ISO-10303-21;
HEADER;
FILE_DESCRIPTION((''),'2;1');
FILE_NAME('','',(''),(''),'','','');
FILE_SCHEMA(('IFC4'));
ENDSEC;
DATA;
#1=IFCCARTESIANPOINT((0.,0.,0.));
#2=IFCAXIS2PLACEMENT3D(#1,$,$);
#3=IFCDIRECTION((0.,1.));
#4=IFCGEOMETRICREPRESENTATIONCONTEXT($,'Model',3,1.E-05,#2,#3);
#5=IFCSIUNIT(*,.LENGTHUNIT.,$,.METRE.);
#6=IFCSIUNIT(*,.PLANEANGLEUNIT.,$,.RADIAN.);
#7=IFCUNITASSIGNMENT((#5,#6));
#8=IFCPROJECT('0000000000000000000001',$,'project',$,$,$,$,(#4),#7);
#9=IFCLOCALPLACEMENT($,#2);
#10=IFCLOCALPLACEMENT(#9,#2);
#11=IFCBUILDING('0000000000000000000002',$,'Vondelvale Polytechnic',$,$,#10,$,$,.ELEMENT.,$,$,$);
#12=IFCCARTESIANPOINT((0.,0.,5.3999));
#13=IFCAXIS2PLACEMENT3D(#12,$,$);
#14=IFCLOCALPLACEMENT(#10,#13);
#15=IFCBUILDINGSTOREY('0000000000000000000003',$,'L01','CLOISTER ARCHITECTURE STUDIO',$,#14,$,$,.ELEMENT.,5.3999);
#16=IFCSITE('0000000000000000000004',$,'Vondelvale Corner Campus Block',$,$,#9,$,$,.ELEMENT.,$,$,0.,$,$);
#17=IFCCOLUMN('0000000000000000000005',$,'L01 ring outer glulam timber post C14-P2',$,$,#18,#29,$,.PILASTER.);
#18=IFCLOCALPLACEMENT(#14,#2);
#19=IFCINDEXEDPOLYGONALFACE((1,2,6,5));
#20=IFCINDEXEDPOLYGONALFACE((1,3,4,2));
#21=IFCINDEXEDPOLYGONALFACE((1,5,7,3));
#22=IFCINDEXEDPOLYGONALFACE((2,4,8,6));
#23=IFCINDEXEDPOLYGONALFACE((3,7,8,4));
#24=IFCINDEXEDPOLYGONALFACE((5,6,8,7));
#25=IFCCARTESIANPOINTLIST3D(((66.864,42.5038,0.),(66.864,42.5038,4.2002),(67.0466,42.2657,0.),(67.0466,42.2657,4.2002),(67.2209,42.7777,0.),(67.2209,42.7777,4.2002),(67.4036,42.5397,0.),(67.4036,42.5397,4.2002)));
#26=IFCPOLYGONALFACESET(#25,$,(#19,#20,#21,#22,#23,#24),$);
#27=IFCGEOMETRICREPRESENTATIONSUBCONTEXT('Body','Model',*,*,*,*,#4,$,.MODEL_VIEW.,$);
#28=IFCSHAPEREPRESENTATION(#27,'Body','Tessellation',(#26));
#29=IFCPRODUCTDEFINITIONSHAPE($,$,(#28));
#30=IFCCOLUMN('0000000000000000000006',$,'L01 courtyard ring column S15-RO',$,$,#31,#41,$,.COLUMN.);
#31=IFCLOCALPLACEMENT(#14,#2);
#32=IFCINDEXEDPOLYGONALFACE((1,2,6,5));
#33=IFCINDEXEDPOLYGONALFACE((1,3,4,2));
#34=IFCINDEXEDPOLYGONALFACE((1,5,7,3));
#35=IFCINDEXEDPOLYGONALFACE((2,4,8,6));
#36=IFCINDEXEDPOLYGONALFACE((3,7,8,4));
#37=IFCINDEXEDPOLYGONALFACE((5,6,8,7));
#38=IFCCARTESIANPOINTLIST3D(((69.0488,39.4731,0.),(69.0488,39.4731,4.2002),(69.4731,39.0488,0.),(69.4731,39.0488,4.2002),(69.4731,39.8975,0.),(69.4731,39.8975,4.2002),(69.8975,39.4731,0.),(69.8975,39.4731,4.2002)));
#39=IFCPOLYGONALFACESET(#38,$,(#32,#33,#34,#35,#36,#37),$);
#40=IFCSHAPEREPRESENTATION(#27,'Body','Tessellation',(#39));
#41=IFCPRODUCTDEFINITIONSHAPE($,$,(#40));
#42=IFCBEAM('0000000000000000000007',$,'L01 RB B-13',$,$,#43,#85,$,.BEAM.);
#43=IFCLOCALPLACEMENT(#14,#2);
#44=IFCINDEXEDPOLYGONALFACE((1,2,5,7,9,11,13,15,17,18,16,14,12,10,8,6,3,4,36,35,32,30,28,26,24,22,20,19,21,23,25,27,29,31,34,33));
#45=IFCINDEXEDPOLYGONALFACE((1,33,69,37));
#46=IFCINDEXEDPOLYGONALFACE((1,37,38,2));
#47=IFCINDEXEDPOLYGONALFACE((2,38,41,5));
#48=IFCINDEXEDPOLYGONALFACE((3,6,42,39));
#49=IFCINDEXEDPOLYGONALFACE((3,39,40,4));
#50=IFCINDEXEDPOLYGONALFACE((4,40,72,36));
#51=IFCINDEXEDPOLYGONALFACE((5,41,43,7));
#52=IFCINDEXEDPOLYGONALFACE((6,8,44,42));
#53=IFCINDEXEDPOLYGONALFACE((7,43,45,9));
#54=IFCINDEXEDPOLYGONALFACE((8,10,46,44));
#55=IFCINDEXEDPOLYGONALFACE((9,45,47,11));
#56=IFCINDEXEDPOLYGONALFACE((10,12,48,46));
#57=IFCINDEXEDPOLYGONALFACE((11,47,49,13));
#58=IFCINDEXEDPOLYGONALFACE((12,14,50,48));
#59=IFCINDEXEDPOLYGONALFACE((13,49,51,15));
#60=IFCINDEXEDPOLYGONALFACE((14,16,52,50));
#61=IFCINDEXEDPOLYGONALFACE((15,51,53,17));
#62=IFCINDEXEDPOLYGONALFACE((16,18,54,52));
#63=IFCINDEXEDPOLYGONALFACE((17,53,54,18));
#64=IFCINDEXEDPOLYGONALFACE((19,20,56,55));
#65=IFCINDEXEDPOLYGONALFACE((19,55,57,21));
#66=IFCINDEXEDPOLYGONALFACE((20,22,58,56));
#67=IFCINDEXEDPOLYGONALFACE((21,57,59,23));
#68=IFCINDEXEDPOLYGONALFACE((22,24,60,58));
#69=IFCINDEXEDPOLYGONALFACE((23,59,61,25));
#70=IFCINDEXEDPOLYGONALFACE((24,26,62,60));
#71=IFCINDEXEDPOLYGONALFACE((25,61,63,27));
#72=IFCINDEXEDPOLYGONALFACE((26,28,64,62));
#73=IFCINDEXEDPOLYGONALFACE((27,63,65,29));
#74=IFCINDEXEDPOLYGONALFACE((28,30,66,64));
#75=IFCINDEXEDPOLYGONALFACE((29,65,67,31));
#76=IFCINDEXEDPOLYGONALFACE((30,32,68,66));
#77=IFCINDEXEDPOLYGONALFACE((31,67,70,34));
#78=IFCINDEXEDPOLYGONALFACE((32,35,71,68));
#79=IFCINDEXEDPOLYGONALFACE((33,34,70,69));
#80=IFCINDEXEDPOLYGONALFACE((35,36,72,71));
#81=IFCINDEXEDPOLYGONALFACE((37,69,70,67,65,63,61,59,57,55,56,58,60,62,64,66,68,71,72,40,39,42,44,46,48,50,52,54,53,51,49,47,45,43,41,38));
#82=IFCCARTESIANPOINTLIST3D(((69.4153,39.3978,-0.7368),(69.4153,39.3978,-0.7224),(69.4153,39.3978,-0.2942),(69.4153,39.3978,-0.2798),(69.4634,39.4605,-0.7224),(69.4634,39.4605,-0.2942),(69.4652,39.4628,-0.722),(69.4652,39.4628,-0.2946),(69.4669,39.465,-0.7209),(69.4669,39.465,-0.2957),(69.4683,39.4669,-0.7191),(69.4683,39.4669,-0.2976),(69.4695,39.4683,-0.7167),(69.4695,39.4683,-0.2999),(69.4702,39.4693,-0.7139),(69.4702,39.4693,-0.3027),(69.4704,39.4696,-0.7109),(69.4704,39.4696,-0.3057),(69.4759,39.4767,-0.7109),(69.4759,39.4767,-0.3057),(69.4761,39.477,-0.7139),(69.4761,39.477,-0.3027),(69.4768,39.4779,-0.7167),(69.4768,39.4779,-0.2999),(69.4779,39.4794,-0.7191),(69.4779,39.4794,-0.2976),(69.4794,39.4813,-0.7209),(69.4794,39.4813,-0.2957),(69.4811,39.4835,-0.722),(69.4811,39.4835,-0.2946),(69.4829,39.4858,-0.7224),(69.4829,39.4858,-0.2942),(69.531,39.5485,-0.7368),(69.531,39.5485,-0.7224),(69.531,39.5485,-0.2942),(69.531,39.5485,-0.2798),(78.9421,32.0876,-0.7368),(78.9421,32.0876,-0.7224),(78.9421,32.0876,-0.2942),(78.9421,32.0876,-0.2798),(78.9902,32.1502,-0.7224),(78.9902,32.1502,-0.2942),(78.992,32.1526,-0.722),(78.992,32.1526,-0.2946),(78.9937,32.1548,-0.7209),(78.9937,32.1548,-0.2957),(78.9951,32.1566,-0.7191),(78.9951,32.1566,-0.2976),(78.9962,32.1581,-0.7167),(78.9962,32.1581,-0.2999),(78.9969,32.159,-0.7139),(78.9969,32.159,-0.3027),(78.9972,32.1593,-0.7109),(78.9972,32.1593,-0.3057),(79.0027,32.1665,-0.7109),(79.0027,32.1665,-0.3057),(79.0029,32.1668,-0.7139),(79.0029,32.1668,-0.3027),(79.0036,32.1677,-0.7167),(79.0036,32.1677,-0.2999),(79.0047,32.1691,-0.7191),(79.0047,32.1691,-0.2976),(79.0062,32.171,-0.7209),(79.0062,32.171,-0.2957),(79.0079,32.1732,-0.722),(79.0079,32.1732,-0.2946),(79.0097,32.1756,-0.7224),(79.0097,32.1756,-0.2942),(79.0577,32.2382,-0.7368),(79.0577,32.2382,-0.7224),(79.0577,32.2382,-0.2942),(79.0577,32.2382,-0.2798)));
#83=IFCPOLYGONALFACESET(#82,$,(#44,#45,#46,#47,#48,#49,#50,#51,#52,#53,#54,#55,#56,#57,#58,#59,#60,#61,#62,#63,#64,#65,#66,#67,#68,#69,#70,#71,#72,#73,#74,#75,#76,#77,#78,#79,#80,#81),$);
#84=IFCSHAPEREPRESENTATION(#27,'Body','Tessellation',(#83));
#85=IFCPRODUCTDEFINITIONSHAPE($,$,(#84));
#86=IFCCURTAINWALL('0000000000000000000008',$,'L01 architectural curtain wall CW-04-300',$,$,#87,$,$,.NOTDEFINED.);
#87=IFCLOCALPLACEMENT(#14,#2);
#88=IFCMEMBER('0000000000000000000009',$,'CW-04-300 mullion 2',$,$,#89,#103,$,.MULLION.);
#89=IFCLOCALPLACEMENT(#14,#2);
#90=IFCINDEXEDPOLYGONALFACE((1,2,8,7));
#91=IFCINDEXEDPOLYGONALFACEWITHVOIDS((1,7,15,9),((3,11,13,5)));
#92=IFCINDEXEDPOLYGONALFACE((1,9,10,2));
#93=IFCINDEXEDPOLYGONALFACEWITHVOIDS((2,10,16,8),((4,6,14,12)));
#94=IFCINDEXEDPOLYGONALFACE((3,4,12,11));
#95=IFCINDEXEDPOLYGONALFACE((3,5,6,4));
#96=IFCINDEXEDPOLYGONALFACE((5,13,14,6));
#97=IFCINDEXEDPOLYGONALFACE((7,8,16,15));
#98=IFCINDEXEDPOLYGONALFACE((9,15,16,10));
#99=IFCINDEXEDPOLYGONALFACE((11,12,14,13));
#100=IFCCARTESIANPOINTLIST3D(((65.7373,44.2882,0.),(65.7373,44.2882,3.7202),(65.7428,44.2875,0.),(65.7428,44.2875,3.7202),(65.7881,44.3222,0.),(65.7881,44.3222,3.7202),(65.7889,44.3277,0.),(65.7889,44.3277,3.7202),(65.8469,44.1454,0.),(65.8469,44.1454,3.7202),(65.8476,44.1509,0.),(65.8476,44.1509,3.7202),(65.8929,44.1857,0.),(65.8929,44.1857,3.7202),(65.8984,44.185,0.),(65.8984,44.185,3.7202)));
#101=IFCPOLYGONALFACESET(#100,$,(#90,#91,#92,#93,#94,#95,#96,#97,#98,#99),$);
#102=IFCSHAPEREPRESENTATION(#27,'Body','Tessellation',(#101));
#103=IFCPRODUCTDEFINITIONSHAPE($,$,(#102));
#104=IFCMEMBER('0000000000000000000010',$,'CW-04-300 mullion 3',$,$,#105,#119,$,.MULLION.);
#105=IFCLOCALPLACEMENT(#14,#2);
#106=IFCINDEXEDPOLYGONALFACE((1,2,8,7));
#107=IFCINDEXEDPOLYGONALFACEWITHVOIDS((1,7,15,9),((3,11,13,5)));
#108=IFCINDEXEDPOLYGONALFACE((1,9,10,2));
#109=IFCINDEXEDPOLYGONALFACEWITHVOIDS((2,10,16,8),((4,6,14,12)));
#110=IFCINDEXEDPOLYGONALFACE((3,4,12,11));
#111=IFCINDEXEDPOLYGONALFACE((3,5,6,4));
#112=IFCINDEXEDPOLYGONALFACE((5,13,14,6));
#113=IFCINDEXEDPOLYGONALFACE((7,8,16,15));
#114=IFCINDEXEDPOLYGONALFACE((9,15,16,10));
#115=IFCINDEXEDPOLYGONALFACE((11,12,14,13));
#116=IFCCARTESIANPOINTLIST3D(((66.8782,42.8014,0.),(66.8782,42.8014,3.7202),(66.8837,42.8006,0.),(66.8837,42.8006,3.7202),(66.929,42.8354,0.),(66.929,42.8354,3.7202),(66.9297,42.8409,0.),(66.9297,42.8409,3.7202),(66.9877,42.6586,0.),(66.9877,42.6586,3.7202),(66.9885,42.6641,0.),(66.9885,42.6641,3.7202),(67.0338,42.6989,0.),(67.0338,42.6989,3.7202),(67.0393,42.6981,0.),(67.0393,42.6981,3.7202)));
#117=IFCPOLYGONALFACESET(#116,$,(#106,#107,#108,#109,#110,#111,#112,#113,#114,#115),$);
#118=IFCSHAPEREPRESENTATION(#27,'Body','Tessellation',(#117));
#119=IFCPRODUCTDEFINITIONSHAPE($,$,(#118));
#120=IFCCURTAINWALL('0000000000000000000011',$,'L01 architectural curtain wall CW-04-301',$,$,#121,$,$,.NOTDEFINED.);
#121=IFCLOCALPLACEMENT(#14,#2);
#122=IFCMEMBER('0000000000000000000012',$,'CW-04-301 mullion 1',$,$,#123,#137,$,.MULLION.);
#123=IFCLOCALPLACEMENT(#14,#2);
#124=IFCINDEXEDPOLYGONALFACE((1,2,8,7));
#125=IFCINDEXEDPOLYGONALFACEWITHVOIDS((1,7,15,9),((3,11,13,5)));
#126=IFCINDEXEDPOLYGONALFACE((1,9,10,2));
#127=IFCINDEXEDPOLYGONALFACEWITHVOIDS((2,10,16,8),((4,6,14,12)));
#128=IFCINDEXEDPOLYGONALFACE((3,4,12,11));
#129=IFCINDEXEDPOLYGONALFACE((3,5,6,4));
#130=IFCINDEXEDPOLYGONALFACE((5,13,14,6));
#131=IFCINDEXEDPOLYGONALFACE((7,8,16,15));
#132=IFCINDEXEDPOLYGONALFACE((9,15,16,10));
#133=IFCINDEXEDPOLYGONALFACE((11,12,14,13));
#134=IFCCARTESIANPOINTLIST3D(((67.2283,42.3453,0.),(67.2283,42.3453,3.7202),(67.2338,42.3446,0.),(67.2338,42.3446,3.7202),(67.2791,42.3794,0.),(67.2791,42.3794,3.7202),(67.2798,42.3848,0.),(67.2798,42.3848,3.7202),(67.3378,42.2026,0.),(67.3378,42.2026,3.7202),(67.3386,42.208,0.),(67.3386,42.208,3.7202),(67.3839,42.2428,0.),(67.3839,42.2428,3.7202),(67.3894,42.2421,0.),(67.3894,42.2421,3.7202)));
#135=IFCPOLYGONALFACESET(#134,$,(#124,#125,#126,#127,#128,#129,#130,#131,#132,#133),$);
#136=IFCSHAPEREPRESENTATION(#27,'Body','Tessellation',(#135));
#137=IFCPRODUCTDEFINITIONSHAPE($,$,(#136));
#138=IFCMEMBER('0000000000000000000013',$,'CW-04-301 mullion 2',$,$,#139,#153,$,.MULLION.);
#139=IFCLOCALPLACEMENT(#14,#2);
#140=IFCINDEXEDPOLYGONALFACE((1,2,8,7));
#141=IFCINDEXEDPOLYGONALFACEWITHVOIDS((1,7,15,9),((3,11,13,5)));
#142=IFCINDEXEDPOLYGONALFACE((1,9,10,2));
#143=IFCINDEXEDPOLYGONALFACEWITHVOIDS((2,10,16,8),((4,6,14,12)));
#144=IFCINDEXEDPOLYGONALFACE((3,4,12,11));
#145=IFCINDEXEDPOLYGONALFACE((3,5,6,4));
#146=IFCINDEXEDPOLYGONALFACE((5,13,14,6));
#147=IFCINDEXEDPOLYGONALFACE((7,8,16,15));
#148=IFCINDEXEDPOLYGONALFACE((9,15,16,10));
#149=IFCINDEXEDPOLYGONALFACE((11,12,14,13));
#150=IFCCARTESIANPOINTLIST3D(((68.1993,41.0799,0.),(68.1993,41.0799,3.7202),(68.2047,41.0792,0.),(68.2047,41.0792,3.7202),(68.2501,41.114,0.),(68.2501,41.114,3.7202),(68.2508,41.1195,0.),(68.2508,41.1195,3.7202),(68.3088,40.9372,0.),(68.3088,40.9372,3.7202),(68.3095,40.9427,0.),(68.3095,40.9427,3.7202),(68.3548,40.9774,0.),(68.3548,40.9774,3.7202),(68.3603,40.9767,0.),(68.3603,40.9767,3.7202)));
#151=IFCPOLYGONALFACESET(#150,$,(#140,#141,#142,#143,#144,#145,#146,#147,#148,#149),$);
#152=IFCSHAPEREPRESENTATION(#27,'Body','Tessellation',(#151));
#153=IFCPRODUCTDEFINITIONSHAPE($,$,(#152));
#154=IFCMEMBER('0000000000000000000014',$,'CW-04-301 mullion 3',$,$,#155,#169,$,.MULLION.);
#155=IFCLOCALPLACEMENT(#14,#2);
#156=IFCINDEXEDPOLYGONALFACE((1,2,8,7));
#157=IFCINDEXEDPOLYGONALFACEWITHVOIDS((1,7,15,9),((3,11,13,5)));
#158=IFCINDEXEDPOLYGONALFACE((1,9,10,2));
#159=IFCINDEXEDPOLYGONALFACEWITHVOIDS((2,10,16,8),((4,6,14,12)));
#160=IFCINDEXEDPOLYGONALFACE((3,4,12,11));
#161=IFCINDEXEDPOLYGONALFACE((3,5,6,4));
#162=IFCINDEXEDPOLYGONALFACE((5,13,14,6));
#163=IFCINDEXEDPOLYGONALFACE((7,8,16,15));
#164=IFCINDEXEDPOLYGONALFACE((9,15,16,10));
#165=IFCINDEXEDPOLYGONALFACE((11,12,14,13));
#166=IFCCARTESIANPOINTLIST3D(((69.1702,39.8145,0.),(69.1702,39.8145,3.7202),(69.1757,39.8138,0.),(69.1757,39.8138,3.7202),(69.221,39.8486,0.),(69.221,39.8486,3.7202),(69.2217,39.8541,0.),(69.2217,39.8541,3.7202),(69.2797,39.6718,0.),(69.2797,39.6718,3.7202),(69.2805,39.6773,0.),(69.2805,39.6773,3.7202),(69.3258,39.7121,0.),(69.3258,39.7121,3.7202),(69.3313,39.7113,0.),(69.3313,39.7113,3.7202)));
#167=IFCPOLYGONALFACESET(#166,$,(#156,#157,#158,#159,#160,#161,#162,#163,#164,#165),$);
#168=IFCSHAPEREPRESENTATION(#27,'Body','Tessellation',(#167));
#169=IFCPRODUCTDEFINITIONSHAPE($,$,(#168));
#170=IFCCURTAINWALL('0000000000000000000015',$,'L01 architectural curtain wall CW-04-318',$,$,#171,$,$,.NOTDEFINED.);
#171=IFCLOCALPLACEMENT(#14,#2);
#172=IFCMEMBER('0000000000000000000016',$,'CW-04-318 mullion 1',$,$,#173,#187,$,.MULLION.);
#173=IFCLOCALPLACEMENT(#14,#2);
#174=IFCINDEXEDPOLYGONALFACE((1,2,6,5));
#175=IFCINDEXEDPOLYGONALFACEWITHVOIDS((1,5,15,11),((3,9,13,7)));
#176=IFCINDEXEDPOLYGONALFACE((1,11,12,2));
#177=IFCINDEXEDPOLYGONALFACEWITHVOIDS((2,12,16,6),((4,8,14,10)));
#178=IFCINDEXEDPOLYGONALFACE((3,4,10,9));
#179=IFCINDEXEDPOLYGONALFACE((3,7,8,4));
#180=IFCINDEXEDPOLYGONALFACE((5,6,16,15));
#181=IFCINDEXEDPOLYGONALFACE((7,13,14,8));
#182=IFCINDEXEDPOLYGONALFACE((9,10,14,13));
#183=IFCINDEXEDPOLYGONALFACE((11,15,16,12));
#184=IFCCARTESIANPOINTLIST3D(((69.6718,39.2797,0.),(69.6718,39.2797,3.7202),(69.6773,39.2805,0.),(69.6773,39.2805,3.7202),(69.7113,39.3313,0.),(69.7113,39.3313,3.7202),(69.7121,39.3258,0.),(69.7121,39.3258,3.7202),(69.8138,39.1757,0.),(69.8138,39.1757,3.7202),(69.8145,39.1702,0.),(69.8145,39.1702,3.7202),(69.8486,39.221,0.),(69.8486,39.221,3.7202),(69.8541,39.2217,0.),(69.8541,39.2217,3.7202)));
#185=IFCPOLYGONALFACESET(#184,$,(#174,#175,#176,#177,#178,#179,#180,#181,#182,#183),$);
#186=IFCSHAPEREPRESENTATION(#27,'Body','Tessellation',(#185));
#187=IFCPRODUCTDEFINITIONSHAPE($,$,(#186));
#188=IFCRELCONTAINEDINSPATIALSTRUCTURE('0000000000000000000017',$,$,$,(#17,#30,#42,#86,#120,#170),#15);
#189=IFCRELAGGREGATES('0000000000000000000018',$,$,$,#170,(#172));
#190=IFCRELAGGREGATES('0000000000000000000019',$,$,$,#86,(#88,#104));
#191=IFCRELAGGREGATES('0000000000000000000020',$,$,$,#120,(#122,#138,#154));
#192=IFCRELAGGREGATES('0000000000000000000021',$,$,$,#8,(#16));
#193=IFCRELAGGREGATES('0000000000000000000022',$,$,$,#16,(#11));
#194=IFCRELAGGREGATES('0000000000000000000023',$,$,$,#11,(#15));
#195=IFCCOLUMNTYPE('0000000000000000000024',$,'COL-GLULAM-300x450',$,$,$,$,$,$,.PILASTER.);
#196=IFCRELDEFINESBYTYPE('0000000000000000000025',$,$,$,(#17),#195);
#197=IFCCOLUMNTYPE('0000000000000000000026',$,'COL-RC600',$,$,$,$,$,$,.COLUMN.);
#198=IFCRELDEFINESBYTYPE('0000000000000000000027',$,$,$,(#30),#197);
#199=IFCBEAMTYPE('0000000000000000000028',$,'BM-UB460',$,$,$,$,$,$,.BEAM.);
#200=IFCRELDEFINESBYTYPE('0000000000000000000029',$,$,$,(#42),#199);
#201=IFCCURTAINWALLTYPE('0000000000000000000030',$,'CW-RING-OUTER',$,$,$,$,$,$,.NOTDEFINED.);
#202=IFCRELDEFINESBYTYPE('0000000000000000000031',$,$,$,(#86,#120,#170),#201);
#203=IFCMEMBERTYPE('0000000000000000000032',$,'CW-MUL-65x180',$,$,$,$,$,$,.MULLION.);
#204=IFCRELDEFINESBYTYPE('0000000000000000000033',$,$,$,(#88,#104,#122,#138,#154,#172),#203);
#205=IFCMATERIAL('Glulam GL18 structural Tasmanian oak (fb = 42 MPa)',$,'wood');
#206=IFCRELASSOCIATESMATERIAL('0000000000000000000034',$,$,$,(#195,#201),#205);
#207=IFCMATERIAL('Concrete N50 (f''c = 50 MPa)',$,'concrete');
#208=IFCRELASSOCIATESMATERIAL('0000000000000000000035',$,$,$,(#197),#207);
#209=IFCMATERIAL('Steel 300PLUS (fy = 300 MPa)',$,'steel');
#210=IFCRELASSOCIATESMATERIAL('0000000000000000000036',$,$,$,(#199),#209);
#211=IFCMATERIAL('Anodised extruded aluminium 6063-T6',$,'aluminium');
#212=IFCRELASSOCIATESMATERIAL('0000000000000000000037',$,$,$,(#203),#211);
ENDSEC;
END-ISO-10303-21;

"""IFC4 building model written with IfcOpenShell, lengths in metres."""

from ifc_helpers import new_model, si_unit, direction, frame, origin, origin_2d, place, context, subcontext, project, spatial, rectangle, hollow_rectangle, i_section, extrude, material, material_profile, profile_set, type_object, element, aggregate, save


model = new_model("IFC4")

# Units and contexts
model_context = context("Model", 3, precision=1e-05, world=origin(), true_north=direction((0.0, 1.0)))
body_context = subcontext(model_context, "Body", "Model", "MODEL_VIEW")
ifc_project = project(units=[si_unit("LENGTHUNIT", "METRE"), si_unit("PLANEANGLEUNIT", "RADIAN")], contexts=[model_context])

# Site, building, storey
site_placement = place(None, origin())
site = spatial("IfcSite", under=ifc_project, at=site_placement, Name="Vondelvale Corner Campus Block", CompositionType="ELEMENT", RefElevation=0.0)
building_placement = place(site_placement, origin())
building = spatial("IfcBuilding", under=site, at=building_placement, Name="Vondelvale Polytechnic", CompositionType="ELEMENT")
storey_placement = place(building_placement, frame((0.0, 0.0, 5.3999)))
storey = spatial("IfcBuildingStorey", under=building, at=storey_placement, Name="L01", Description="CLOISTER ARCHITECTURE STUDIO", CompositionType="ELEMENT", Elevation=5.3999)

# Columns
ifc_material_1 = material(Name="Glulam GL18 structural Tasmanian oak (fb = 42 MPa)", Category="wood")
ifc_material_profile_1 = material_profile(ifc_material_1, rectangle(XDim=0.3, YDim=0.45, at=origin_2d()), Name="GL-POST-300x450")
ifc_profile_set_1 = profile_set([ifc_material_profile_1], Name="Glulam GL18 structural Tasmanian oak (fb = 42 MPa)")
column_type_1 = type_object("IfcColumnType", Name="COL-GLULAM-300x450", PredefinedType="PILASTER", material=ifc_profile_set_1)
column_1_placement = place(storey_placement, frame((67.1338, 42.5217, 0.0), z_axis=(0.0, 0.0, 1.0), x_axis=(-0.608761, 0.793353, 0.0)))
element("IfcColumn", 1, at=column_1_placement, inside=storey, type_object=column_type_1, Name="L01 ring outer glulam timber post C14-P2", PredefinedType="PILASTER", context=body_context, shape_type="SweptSolid", body=[
    extrude(rectangle(XDim=0.3, YDim=0.45, at=origin_2d()), origin(), (0.0, 0.0, 1.0), 4.2002),
])
ifc_material_2 = material(Name="Concrete N50 (f'c = 50 MPa)", Category="concrete")
ifc_material_profile_2 = material_profile(ifc_material_2, rectangle(XDim=0.6001, YDim=0.6001, at=origin_2d()), Name="RC-COL-600x600")
ifc_profile_set_2 = profile_set([ifc_material_profile_2], Name="Concrete N50 (f'c = 50 MPa)")
column_type_2 = type_object("IfcColumnType", Name="COL-RC600", PredefinedType="COLUMN", material=ifc_profile_set_2)
column_2_placement = place(storey_placement, frame((69.4731, 39.4731, 0.0), z_axis=(0.0, 0.0, 1.0), x_axis=(0.707107, 0.707107, 0.0)))
element("IfcColumn", 2, at=column_2_placement, inside=storey, type_object=column_type_2, Name="L01 courtyard ring column S15-RO", PredefinedType="COLUMN", context=body_context, shape_type="SweptSolid", body=[
    extrude(rectangle(XDim=0.6001, YDim=0.6001, at=origin_2d()), origin(), (0.0, 0.0, 1.0), 4.2002),
])

# Beam
ifc_material_3 = material(Name="Steel 300PLUS (fy = 300 MPa)", Category="steel")
ifc_material_profile_3 = material_profile(ifc_material_3, i_section(OverallWidth=0.1899, OverallDepth=0.457, WebThickness=0.009, FlangeThickness=0.0144, FilletRadius=0.0115, at=origin_2d()), Name="460UB74.6")
ifc_profile_set_3 = profile_set([ifc_material_profile_3], Name="Steel 300PLUS (fy = 300 MPa)")
beam_type = type_object("IfcBeamType", Name="BM-UB460", PredefinedType="BEAM", material=ifc_profile_set_3)
beam_placement = place(storey_placement, frame((69.4731, 39.4731, -0.5083), z_axis=(0.79335, -0.608766, 0.0), x_axis=(0.608766, 0.79335, 0.0)))
element("IfcBeam", 3, at=beam_placement, inside=storey, type_object=beam_type, Name="L01 RB B-13", PredefinedType="BEAM", context=body_context, shape_type="SweptSolid", body=[
    extrude(i_section(OverallWidth=0.1899, OverallDepth=0.457, WebThickness=0.009, FlangeThickness=0.0144, FilletRadius=0.0115, at=origin_2d()), origin(), (0.0, 0.0, 1.0), 12.0083),
])

# Curtain walls, members
curtain_wall_type = type_object("IfcCurtainWallType", Name="CW-RING-OUTER", PredefinedType="NOTDEFINED", material=ifc_material_1)
curtain_wall_1_placement = place(storey_placement, origin())
curtain_wall_1 = element("IfcCurtainWall", 4, at=curtain_wall_1_placement, inside=storey, type_object=curtain_wall_type, Name="L01 architectural curtain wall CW-04-300", PredefinedType="NOTDEFINED")
ifc_material_4 = material(Name="Anodised extruded aluminium 6063-T6", Category="aluminium")
ifc_material_profile_4 = material_profile(ifc_material_4, hollow_rectangle(XDim=0.0649, YDim=0.1799, WallThickness=0.0039, at=origin_2d()), Name="CW-MUL-180x65")
ifc_profile_set_4 = profile_set([ifc_material_profile_4], Name="Anodised extruded aluminium 6063-T6")
member_type_1 = type_object("IfcMemberType", Name="CW-MUL-65x180", PredefinedType="MULLION", material=ifc_profile_set_4)
member_1_placement = place(storey_placement, frame((65.8179, 44.2366, 0.0), z_axis=(0.0, 0.0, 1.0), x_axis=(0.793346, 0.608771, 0.0)))
member_1 = element("IfcMember", 5, at=member_1_placement, type_object=member_type_1, Name="CW-04-300 mullion 2", PredefinedType="MULLION", context=body_context, shape_type="SweptSolid", body=[
    extrude(hollow_rectangle(XDim=0.0649, YDim=0.1799, WallThickness=0.0039, at=origin_2d()), origin(), (0.0, 0.0, 1.0), 3.7202),
])
member_2_placement = place(storey_placement, frame((66.9587, 42.7498, 0.0), z_axis=(0.0, 0.0, 1.0), x_axis=(0.793346, 0.608771, 0.0)))
member_2 = element("IfcMember", 6, at=member_2_placement, type_object=member_type_1, Name="CW-04-300 mullion 3", PredefinedType="MULLION", context=body_context, shape_type="SweptSolid", body=[
    extrude(hollow_rectangle(XDim=0.0649, YDim=0.1799, WallThickness=0.0039, at=origin_2d()), origin(), (0.0, 0.0, 1.0), 3.7202),
])
curtain_wall_2_placement = place(storey_placement, origin())
curtain_wall_2 = element("IfcCurtainWall", 7, at=curtain_wall_2_placement, inside=storey, type_object=curtain_wall_type, Name="L01 architectural curtain wall CW-04-301", PredefinedType="NOTDEFINED")
member_3_placement = place(storey_placement, frame((67.3088, 42.2937, 0.0), z_axis=(0.0, 0.0, 1.0), x_axis=(0.793334, 0.608787, 0.0)))
member_3 = element("IfcMember", 8, at=member_3_placement, type_object=member_type_1, Name="CW-04-301 mullion 1", PredefinedType="MULLION", context=body_context, shape_type="SweptSolid", body=[
    extrude(hollow_rectangle(XDim=0.0649, YDim=0.1799, WallThickness=0.0039, at=origin_2d()), origin(), (0.0, 0.0, 1.0), 3.7202),
])
member_4_placement = place(storey_placement, frame((68.2798, 41.0283, 0.0), z_axis=(0.0, 0.0, 1.0), x_axis=(0.793334, 0.608787, 0.0)))
member_4 = element("IfcMember", 9, at=member_4_placement, type_object=member_type_1, Name="CW-04-301 mullion 2", PredefinedType="MULLION", context=body_context, shape_type="SweptSolid", body=[
    extrude(hollow_rectangle(XDim=0.0649, YDim=0.1799, WallThickness=0.0039, at=origin_2d()), origin(), (0.0, 0.0, 1.0), 3.7202),
])
member_5_placement = place(storey_placement, frame((69.2507, 39.7629, 0.0), z_axis=(0.0, 0.0, 1.0), x_axis=(0.793334, 0.608787, 0.0)))
member_5 = element("IfcMember", 10, at=member_5_placement, type_object=member_type_1, Name="CW-04-301 mullion 3", PredefinedType="MULLION", context=body_context, shape_type="SweptSolid", body=[
    extrude(hollow_rectangle(XDim=0.0649, YDim=0.1799, WallThickness=0.0039, at=origin_2d()), origin(), (0.0, 0.0, 1.0), 3.7202),
])

# Curtain wall, member
curtain_wall_3_placement = place(storey_placement, origin())
curtain_wall_3 = element("IfcCurtainWall", 11, at=curtain_wall_3_placement, inside=storey, type_object=curtain_wall_type, Name="L01 architectural curtain wall CW-04-318", PredefinedType="NOTDEFINED")
member_6_placement = place(storey_placement, frame((69.7629, 39.2507, 0.0), z_axis=(0.0, 0.0, 1.0), x_axis=(0.608787, 0.793334, 0.0)))
member_6 = element("IfcMember", 12, at=member_6_placement, type_object=member_type_1, Name="CW-04-318 mullion 1", PredefinedType="MULLION", context=body_context, shape_type="SweptSolid", body=[
    extrude(hollow_rectangle(XDim=0.0649, YDim=0.1799, WallThickness=0.0039, at=origin_2d()), origin(), (0.0, 0.0, 1.0), 3.7202),
])

aggregate(curtain_wall_3, [member_6])

aggregate(curtain_wall_1, [member_1, member_2])
aggregate(curtain_wall_2, [member_3, member_4, member_5])

save(model, "model.ifc")
